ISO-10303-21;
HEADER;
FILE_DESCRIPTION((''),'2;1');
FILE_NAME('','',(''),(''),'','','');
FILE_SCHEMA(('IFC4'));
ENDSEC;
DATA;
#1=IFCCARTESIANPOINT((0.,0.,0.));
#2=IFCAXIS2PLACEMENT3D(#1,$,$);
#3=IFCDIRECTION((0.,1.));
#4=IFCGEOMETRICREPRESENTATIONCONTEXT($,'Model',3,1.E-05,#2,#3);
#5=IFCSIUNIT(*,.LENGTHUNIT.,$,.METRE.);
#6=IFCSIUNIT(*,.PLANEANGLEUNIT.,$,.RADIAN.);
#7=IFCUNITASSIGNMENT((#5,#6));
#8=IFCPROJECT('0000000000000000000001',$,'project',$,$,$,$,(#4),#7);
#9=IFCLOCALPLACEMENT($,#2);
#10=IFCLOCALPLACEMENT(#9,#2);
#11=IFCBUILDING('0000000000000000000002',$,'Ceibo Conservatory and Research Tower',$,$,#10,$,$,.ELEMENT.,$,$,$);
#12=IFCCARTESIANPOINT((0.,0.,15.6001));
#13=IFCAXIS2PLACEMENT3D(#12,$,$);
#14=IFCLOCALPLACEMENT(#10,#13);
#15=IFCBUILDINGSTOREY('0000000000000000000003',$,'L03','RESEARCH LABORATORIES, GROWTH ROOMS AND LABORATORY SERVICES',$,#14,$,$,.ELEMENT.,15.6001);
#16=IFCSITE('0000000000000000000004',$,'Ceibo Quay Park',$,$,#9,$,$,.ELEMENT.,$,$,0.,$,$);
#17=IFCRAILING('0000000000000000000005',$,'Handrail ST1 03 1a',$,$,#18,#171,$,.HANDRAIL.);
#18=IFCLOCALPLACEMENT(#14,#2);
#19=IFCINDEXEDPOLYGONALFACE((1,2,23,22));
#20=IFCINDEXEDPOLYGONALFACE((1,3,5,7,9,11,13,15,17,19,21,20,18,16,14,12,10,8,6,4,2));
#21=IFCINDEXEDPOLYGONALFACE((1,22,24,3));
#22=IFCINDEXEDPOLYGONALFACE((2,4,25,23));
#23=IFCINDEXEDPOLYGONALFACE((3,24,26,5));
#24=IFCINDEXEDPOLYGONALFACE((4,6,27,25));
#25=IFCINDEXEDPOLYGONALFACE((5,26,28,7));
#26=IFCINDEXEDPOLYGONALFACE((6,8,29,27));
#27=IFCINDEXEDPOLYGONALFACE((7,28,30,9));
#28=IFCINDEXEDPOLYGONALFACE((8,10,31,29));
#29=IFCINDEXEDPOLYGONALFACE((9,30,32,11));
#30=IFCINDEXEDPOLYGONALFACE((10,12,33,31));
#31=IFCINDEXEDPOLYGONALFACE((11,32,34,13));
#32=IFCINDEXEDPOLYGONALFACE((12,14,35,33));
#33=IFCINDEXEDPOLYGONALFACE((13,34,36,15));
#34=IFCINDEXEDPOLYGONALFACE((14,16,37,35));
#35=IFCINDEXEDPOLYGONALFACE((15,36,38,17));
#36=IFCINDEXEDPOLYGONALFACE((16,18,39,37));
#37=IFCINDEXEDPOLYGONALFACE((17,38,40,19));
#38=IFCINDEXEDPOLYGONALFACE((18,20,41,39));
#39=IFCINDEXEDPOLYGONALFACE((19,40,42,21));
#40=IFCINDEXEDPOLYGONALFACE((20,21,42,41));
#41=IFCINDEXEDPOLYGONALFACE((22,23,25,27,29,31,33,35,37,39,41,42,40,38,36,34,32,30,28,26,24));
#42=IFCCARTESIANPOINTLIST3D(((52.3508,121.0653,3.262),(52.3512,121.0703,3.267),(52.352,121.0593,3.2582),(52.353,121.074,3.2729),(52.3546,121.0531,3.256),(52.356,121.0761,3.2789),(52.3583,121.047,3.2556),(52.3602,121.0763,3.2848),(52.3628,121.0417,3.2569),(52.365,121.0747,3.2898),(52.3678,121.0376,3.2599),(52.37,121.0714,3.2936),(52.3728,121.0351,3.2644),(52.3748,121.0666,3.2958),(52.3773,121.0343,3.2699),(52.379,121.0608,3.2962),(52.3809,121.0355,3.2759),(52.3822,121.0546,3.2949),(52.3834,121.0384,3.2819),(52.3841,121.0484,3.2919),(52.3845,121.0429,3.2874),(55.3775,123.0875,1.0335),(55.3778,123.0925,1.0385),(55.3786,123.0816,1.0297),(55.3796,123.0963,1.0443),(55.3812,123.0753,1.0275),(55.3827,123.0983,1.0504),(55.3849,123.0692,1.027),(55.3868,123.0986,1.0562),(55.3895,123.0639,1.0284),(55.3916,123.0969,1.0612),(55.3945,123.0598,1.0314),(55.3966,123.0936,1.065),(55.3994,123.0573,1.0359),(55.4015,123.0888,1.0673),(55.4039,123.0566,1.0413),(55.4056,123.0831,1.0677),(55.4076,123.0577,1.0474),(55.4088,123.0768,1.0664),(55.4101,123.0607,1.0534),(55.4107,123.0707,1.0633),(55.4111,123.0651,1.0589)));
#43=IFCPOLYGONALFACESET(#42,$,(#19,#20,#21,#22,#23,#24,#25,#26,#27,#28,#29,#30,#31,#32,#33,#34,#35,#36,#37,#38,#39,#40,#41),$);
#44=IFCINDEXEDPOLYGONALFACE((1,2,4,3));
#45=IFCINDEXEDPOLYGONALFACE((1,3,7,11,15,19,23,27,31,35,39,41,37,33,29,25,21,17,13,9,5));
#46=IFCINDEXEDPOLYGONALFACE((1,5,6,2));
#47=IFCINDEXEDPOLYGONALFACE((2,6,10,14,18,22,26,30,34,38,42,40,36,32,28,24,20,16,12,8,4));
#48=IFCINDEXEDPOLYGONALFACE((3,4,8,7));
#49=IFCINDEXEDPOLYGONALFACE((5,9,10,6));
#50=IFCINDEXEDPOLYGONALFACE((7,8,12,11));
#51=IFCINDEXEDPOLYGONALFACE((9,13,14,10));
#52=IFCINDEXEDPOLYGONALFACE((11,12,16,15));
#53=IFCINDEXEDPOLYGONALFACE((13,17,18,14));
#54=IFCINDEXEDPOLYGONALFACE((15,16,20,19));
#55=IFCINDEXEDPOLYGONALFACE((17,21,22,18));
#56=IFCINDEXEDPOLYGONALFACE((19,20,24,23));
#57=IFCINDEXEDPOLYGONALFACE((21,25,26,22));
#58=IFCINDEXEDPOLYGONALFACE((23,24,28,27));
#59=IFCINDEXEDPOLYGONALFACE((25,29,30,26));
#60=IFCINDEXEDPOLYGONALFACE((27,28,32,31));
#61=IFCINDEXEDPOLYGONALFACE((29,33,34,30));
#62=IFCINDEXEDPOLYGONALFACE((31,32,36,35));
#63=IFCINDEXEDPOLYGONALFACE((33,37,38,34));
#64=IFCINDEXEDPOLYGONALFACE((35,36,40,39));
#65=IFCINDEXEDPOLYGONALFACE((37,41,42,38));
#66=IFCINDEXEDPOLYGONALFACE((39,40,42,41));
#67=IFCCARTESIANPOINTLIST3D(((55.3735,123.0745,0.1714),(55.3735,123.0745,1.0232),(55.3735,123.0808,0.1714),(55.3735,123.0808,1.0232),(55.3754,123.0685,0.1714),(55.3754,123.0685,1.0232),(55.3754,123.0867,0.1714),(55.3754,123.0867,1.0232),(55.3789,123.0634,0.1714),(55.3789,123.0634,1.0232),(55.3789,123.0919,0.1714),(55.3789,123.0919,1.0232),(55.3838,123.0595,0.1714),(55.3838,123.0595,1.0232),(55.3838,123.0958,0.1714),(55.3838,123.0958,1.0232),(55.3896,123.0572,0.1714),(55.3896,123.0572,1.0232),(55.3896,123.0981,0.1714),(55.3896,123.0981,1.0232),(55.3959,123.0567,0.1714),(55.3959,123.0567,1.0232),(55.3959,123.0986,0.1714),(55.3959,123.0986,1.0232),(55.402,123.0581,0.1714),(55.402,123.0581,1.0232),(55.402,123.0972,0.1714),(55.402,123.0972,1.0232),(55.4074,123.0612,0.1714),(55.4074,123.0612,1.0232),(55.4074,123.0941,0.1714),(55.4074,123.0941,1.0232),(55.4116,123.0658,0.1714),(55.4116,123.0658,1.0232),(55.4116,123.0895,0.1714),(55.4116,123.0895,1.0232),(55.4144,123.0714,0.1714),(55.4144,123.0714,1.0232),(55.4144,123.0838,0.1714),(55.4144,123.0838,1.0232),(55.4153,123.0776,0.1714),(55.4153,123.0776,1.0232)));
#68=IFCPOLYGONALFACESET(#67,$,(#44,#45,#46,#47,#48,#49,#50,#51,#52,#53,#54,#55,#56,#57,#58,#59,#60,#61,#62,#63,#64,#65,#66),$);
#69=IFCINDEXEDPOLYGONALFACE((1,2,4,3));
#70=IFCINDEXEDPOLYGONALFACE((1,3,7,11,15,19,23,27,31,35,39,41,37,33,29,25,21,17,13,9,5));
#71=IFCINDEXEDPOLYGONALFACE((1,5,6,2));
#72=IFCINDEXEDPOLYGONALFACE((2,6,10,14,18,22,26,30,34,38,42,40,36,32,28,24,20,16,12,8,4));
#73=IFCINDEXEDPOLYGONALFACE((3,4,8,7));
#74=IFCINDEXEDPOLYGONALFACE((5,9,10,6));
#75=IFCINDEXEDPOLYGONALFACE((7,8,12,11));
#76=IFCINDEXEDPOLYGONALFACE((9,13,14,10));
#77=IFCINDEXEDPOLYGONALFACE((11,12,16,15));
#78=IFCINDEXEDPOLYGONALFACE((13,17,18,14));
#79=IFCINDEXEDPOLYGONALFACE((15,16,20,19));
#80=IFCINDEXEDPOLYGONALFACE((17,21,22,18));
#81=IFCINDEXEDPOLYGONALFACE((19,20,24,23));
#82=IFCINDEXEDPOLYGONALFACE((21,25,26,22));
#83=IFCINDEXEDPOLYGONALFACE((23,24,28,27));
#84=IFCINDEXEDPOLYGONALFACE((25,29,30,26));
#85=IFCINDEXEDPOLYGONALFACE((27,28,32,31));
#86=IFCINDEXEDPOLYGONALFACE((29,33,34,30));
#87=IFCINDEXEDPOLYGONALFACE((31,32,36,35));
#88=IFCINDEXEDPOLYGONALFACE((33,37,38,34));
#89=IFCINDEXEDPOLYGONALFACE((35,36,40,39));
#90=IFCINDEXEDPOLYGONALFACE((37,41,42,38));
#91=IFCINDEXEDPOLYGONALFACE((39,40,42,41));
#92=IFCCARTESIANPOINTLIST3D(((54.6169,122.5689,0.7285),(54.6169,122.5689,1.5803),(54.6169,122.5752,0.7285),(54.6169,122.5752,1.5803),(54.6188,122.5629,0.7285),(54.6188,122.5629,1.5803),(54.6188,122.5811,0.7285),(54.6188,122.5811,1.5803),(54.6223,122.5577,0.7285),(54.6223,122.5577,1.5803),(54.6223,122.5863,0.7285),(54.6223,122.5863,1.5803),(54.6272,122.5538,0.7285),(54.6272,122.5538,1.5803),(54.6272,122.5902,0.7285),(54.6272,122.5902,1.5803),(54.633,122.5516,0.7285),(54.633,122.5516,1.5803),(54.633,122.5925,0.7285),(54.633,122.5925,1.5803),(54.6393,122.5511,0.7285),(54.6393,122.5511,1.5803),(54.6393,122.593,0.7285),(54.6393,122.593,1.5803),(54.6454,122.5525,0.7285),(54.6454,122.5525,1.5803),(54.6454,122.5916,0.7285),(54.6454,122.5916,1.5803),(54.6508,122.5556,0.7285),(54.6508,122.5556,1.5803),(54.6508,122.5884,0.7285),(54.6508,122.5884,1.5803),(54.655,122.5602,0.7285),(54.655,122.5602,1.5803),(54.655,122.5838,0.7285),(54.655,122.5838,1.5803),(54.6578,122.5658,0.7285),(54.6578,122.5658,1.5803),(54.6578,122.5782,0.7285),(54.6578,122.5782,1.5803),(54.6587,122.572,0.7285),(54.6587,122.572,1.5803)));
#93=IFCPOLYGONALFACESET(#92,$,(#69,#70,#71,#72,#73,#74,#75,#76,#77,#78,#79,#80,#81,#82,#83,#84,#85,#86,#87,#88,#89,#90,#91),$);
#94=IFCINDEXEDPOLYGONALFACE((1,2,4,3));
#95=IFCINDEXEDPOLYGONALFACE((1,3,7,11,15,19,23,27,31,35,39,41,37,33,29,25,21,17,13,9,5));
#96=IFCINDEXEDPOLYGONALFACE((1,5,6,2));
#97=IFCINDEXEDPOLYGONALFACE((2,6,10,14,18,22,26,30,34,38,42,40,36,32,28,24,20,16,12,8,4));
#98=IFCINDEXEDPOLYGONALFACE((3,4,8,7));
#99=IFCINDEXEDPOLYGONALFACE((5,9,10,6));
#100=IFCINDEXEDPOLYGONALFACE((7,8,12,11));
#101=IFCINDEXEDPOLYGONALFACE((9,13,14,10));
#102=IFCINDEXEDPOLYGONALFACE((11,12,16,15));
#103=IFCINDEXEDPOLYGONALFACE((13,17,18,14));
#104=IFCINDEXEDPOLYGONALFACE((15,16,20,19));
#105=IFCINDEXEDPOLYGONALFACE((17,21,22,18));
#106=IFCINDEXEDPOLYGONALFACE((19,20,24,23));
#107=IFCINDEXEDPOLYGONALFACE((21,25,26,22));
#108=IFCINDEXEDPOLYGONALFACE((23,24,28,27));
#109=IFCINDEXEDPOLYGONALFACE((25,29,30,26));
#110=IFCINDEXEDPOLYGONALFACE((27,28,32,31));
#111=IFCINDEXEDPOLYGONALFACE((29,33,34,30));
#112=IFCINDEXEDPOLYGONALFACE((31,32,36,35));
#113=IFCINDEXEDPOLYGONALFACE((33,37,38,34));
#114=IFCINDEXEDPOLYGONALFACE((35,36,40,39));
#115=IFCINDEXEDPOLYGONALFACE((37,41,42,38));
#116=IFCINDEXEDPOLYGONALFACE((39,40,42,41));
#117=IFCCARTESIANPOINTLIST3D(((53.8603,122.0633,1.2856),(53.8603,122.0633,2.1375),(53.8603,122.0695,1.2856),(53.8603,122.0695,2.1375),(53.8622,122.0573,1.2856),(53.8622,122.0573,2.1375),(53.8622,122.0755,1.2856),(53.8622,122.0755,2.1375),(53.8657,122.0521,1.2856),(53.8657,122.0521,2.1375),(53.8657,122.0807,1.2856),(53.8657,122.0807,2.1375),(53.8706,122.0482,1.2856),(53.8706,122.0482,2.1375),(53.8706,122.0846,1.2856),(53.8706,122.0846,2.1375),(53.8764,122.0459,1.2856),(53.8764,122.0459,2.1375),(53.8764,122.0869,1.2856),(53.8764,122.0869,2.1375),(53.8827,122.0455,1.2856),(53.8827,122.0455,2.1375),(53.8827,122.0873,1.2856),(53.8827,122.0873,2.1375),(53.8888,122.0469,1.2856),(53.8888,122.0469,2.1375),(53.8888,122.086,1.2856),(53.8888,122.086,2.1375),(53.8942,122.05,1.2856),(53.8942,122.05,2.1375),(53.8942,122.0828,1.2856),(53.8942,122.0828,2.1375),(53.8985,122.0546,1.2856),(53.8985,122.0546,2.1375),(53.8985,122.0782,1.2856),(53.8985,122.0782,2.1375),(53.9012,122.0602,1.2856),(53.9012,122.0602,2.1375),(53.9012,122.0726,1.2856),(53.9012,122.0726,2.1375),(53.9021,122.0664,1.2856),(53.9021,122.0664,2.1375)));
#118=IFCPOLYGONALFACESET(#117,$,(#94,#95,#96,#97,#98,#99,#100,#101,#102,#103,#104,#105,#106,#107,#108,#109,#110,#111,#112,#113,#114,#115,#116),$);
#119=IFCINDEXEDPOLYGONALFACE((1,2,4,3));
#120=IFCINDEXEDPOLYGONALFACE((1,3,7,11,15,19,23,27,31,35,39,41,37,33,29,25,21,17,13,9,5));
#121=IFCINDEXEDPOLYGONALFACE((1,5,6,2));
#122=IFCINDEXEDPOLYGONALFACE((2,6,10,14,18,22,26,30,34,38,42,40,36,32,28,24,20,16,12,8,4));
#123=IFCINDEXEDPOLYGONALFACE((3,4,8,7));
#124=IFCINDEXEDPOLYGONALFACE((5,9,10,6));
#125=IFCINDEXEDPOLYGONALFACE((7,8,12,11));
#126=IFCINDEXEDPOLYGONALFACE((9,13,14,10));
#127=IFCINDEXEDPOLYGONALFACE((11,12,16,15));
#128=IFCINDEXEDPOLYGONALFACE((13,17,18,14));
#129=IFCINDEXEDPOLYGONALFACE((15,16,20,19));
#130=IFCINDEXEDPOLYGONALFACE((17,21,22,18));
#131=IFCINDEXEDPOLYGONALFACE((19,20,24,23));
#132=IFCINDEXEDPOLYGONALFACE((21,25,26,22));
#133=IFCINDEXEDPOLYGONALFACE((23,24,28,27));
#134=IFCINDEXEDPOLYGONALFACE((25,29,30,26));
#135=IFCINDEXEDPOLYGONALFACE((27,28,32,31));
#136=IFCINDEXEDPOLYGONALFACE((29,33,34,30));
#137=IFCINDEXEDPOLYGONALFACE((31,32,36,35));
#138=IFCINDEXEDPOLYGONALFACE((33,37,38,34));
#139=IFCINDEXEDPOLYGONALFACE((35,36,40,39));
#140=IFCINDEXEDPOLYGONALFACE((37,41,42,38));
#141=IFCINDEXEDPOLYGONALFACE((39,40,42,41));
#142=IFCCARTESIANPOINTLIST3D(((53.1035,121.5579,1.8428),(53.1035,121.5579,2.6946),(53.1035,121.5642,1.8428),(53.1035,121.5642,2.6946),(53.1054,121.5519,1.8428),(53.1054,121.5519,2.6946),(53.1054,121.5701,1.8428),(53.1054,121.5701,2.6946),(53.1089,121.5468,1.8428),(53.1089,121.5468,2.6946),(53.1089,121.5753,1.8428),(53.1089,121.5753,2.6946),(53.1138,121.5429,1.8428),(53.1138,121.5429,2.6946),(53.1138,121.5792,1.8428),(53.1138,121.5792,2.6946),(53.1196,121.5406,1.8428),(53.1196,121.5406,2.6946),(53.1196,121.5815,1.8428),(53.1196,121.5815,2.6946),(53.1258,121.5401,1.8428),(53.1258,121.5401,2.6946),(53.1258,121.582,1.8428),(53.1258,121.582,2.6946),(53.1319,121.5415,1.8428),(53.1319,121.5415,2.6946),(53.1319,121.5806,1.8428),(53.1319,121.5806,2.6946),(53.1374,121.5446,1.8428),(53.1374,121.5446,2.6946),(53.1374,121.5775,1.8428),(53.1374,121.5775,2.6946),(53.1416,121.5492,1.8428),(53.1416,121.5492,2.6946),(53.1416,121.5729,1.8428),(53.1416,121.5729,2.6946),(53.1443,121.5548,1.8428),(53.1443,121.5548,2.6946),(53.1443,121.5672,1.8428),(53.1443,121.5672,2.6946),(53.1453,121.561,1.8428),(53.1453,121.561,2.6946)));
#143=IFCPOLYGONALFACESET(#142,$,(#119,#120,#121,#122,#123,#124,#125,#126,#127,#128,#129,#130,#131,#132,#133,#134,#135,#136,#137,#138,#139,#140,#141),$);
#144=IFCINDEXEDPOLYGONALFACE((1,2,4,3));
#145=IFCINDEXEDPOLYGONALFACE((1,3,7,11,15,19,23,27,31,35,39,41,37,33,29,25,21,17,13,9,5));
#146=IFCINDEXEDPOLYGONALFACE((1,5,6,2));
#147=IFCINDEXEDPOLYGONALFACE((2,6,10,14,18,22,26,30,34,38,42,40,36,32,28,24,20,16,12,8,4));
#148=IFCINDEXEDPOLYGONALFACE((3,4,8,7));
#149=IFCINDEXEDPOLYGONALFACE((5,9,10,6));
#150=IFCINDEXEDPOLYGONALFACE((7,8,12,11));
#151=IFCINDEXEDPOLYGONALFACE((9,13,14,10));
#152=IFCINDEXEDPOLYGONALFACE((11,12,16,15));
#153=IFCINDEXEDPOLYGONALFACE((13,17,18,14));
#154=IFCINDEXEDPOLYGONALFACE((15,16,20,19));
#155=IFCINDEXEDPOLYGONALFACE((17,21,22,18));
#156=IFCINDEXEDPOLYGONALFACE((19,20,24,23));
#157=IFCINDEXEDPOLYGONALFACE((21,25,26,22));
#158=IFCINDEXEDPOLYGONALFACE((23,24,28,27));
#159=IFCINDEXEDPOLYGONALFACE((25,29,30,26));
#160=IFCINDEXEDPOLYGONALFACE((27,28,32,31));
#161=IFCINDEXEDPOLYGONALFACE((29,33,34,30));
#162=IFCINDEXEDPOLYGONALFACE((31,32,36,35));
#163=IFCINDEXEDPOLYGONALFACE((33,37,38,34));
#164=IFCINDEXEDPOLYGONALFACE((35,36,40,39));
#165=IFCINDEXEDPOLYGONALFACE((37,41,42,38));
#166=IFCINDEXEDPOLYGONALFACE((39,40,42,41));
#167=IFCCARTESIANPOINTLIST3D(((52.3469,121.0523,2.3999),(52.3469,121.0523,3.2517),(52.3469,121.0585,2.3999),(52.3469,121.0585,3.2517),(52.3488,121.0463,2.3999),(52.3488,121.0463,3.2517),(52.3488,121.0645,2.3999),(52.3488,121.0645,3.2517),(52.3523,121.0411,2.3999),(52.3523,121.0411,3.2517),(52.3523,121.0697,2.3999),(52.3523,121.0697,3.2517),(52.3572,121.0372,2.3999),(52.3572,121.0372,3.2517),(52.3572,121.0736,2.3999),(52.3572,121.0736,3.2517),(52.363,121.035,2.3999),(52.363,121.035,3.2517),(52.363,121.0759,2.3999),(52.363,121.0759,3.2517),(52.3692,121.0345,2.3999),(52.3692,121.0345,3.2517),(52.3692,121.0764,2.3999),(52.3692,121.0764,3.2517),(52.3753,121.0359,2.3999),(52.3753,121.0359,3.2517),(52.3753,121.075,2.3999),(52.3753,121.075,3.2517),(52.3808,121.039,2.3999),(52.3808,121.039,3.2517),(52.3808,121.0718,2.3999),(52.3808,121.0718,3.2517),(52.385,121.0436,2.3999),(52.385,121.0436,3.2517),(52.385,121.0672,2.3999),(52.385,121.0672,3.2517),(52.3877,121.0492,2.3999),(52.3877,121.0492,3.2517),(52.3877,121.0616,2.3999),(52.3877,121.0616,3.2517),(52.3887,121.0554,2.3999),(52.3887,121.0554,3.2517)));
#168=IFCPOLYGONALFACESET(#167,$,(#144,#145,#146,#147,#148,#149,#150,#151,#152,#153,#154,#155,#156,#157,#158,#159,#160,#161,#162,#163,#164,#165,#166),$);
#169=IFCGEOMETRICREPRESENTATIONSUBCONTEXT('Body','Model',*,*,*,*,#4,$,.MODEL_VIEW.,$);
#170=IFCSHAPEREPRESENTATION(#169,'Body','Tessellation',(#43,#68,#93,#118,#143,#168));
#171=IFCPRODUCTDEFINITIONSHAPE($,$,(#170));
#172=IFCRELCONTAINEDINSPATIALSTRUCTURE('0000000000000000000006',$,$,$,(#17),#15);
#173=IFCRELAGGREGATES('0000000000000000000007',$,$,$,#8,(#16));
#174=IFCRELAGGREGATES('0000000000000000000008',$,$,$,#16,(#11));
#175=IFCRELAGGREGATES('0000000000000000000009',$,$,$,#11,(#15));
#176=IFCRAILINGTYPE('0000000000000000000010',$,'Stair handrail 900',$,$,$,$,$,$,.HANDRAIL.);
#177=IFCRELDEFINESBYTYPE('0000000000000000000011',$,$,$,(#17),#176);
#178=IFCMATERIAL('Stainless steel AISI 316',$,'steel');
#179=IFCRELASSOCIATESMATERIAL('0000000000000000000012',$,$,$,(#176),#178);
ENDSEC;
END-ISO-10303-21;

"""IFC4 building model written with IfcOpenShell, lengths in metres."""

from ifc_helpers import new_model, si_unit, direction, frame, origin, origin_2d, place, context, subcontext, project, spatial, circle, extrude, material, type_object, element, save


model = new_model("IFC4")

# Units and contexts
model_context = context("Model", 3, precision=1e-05, world=origin(), true_north=direction((0.0, 1.0)))
body_context = subcontext(model_context, "Body", "Model", "MODEL_VIEW")
ifc_project = project(units=[si_unit("LENGTHUNIT", "METRE"), si_unit("PLANEANGLEUNIT", "RADIAN")], contexts=[model_context])

# Site, building, storey
site_placement = place(None, origin())
site = spatial("IfcSite", under=ifc_project, at=site_placement, Name="Ceibo Quay Park", CompositionType="ELEMENT", RefElevation=0.0)
building_placement = place(site_placement, origin())
building = spatial("IfcBuilding", under=site, at=building_placement, Name="Ceibo Conservatory and Research Tower", CompositionType="ELEMENT")
storey_placement = place(building_placement, frame((0.0, 0.0, 15.6001)))
storey = spatial("IfcBuildingStorey", under=building, at=storey_placement, Name="L03", Description="RESEARCH LABORATORIES, GROWTH ROOMS AND LABORATORY SERVICES", CompositionType="ELEMENT", Elevation=15.6001)

# Shared definitions
ifc_material_1 = material(Name="Stainless steel AISI 316", Category="steel")

# Railing
railing_type = type_object("IfcRailingType", Name="Stair handrail 900", PredefinedType="HANDRAIL", material=ifc_material_1)
railing_1_placement = place(storey_placement, frame((55.3943, 123.0776, 0.1714)))
element("IfcRailing", 1, at=railing_1_placement, inside=storey, type_object=railing_type, Name="Handrail ST1 03 1a", PredefinedType="HANDRAIL", context=body_context, shape_type="SweptSolid", body=[
    extrude(circle(Radius=0.0239, at=origin_2d()), frame((0.0, 0.0, 0.876), z_axis=(-0.709137, -0.473806, 0.522142), x_axis=(0.555551, -0.831482, 0.0)), (0.0, 0.0, 1.0), 4.2681),
    extrude(circle(Radius=0.021, at=origin_2d()), origin(), (0.0, 0.0, 1.0), 0.8518),
    extrude(circle(Radius=0.021, at=origin_2d()), frame((-0.7566, -0.5056, 0.5571)), (0.0, 0.0, 1.0), 0.8518),
    extrude(circle(Radius=0.021, at=origin_2d()), frame((-1.5132, -1.0112, 1.1143)), (0.0, 0.0, 1.0), 0.8518),
    extrude(circle(Radius=0.021, at=origin_2d()), frame((-2.27, -1.5166, 1.6714)), (0.0, 0.0, 1.0), 0.8518),
    extrude(circle(Radius=0.021, at=origin_2d()), frame((-3.0266, -2.0222, 2.2285)), (0.0, 0.0, 1.0), 0.8518),
])

save(model, "model.ifc")
